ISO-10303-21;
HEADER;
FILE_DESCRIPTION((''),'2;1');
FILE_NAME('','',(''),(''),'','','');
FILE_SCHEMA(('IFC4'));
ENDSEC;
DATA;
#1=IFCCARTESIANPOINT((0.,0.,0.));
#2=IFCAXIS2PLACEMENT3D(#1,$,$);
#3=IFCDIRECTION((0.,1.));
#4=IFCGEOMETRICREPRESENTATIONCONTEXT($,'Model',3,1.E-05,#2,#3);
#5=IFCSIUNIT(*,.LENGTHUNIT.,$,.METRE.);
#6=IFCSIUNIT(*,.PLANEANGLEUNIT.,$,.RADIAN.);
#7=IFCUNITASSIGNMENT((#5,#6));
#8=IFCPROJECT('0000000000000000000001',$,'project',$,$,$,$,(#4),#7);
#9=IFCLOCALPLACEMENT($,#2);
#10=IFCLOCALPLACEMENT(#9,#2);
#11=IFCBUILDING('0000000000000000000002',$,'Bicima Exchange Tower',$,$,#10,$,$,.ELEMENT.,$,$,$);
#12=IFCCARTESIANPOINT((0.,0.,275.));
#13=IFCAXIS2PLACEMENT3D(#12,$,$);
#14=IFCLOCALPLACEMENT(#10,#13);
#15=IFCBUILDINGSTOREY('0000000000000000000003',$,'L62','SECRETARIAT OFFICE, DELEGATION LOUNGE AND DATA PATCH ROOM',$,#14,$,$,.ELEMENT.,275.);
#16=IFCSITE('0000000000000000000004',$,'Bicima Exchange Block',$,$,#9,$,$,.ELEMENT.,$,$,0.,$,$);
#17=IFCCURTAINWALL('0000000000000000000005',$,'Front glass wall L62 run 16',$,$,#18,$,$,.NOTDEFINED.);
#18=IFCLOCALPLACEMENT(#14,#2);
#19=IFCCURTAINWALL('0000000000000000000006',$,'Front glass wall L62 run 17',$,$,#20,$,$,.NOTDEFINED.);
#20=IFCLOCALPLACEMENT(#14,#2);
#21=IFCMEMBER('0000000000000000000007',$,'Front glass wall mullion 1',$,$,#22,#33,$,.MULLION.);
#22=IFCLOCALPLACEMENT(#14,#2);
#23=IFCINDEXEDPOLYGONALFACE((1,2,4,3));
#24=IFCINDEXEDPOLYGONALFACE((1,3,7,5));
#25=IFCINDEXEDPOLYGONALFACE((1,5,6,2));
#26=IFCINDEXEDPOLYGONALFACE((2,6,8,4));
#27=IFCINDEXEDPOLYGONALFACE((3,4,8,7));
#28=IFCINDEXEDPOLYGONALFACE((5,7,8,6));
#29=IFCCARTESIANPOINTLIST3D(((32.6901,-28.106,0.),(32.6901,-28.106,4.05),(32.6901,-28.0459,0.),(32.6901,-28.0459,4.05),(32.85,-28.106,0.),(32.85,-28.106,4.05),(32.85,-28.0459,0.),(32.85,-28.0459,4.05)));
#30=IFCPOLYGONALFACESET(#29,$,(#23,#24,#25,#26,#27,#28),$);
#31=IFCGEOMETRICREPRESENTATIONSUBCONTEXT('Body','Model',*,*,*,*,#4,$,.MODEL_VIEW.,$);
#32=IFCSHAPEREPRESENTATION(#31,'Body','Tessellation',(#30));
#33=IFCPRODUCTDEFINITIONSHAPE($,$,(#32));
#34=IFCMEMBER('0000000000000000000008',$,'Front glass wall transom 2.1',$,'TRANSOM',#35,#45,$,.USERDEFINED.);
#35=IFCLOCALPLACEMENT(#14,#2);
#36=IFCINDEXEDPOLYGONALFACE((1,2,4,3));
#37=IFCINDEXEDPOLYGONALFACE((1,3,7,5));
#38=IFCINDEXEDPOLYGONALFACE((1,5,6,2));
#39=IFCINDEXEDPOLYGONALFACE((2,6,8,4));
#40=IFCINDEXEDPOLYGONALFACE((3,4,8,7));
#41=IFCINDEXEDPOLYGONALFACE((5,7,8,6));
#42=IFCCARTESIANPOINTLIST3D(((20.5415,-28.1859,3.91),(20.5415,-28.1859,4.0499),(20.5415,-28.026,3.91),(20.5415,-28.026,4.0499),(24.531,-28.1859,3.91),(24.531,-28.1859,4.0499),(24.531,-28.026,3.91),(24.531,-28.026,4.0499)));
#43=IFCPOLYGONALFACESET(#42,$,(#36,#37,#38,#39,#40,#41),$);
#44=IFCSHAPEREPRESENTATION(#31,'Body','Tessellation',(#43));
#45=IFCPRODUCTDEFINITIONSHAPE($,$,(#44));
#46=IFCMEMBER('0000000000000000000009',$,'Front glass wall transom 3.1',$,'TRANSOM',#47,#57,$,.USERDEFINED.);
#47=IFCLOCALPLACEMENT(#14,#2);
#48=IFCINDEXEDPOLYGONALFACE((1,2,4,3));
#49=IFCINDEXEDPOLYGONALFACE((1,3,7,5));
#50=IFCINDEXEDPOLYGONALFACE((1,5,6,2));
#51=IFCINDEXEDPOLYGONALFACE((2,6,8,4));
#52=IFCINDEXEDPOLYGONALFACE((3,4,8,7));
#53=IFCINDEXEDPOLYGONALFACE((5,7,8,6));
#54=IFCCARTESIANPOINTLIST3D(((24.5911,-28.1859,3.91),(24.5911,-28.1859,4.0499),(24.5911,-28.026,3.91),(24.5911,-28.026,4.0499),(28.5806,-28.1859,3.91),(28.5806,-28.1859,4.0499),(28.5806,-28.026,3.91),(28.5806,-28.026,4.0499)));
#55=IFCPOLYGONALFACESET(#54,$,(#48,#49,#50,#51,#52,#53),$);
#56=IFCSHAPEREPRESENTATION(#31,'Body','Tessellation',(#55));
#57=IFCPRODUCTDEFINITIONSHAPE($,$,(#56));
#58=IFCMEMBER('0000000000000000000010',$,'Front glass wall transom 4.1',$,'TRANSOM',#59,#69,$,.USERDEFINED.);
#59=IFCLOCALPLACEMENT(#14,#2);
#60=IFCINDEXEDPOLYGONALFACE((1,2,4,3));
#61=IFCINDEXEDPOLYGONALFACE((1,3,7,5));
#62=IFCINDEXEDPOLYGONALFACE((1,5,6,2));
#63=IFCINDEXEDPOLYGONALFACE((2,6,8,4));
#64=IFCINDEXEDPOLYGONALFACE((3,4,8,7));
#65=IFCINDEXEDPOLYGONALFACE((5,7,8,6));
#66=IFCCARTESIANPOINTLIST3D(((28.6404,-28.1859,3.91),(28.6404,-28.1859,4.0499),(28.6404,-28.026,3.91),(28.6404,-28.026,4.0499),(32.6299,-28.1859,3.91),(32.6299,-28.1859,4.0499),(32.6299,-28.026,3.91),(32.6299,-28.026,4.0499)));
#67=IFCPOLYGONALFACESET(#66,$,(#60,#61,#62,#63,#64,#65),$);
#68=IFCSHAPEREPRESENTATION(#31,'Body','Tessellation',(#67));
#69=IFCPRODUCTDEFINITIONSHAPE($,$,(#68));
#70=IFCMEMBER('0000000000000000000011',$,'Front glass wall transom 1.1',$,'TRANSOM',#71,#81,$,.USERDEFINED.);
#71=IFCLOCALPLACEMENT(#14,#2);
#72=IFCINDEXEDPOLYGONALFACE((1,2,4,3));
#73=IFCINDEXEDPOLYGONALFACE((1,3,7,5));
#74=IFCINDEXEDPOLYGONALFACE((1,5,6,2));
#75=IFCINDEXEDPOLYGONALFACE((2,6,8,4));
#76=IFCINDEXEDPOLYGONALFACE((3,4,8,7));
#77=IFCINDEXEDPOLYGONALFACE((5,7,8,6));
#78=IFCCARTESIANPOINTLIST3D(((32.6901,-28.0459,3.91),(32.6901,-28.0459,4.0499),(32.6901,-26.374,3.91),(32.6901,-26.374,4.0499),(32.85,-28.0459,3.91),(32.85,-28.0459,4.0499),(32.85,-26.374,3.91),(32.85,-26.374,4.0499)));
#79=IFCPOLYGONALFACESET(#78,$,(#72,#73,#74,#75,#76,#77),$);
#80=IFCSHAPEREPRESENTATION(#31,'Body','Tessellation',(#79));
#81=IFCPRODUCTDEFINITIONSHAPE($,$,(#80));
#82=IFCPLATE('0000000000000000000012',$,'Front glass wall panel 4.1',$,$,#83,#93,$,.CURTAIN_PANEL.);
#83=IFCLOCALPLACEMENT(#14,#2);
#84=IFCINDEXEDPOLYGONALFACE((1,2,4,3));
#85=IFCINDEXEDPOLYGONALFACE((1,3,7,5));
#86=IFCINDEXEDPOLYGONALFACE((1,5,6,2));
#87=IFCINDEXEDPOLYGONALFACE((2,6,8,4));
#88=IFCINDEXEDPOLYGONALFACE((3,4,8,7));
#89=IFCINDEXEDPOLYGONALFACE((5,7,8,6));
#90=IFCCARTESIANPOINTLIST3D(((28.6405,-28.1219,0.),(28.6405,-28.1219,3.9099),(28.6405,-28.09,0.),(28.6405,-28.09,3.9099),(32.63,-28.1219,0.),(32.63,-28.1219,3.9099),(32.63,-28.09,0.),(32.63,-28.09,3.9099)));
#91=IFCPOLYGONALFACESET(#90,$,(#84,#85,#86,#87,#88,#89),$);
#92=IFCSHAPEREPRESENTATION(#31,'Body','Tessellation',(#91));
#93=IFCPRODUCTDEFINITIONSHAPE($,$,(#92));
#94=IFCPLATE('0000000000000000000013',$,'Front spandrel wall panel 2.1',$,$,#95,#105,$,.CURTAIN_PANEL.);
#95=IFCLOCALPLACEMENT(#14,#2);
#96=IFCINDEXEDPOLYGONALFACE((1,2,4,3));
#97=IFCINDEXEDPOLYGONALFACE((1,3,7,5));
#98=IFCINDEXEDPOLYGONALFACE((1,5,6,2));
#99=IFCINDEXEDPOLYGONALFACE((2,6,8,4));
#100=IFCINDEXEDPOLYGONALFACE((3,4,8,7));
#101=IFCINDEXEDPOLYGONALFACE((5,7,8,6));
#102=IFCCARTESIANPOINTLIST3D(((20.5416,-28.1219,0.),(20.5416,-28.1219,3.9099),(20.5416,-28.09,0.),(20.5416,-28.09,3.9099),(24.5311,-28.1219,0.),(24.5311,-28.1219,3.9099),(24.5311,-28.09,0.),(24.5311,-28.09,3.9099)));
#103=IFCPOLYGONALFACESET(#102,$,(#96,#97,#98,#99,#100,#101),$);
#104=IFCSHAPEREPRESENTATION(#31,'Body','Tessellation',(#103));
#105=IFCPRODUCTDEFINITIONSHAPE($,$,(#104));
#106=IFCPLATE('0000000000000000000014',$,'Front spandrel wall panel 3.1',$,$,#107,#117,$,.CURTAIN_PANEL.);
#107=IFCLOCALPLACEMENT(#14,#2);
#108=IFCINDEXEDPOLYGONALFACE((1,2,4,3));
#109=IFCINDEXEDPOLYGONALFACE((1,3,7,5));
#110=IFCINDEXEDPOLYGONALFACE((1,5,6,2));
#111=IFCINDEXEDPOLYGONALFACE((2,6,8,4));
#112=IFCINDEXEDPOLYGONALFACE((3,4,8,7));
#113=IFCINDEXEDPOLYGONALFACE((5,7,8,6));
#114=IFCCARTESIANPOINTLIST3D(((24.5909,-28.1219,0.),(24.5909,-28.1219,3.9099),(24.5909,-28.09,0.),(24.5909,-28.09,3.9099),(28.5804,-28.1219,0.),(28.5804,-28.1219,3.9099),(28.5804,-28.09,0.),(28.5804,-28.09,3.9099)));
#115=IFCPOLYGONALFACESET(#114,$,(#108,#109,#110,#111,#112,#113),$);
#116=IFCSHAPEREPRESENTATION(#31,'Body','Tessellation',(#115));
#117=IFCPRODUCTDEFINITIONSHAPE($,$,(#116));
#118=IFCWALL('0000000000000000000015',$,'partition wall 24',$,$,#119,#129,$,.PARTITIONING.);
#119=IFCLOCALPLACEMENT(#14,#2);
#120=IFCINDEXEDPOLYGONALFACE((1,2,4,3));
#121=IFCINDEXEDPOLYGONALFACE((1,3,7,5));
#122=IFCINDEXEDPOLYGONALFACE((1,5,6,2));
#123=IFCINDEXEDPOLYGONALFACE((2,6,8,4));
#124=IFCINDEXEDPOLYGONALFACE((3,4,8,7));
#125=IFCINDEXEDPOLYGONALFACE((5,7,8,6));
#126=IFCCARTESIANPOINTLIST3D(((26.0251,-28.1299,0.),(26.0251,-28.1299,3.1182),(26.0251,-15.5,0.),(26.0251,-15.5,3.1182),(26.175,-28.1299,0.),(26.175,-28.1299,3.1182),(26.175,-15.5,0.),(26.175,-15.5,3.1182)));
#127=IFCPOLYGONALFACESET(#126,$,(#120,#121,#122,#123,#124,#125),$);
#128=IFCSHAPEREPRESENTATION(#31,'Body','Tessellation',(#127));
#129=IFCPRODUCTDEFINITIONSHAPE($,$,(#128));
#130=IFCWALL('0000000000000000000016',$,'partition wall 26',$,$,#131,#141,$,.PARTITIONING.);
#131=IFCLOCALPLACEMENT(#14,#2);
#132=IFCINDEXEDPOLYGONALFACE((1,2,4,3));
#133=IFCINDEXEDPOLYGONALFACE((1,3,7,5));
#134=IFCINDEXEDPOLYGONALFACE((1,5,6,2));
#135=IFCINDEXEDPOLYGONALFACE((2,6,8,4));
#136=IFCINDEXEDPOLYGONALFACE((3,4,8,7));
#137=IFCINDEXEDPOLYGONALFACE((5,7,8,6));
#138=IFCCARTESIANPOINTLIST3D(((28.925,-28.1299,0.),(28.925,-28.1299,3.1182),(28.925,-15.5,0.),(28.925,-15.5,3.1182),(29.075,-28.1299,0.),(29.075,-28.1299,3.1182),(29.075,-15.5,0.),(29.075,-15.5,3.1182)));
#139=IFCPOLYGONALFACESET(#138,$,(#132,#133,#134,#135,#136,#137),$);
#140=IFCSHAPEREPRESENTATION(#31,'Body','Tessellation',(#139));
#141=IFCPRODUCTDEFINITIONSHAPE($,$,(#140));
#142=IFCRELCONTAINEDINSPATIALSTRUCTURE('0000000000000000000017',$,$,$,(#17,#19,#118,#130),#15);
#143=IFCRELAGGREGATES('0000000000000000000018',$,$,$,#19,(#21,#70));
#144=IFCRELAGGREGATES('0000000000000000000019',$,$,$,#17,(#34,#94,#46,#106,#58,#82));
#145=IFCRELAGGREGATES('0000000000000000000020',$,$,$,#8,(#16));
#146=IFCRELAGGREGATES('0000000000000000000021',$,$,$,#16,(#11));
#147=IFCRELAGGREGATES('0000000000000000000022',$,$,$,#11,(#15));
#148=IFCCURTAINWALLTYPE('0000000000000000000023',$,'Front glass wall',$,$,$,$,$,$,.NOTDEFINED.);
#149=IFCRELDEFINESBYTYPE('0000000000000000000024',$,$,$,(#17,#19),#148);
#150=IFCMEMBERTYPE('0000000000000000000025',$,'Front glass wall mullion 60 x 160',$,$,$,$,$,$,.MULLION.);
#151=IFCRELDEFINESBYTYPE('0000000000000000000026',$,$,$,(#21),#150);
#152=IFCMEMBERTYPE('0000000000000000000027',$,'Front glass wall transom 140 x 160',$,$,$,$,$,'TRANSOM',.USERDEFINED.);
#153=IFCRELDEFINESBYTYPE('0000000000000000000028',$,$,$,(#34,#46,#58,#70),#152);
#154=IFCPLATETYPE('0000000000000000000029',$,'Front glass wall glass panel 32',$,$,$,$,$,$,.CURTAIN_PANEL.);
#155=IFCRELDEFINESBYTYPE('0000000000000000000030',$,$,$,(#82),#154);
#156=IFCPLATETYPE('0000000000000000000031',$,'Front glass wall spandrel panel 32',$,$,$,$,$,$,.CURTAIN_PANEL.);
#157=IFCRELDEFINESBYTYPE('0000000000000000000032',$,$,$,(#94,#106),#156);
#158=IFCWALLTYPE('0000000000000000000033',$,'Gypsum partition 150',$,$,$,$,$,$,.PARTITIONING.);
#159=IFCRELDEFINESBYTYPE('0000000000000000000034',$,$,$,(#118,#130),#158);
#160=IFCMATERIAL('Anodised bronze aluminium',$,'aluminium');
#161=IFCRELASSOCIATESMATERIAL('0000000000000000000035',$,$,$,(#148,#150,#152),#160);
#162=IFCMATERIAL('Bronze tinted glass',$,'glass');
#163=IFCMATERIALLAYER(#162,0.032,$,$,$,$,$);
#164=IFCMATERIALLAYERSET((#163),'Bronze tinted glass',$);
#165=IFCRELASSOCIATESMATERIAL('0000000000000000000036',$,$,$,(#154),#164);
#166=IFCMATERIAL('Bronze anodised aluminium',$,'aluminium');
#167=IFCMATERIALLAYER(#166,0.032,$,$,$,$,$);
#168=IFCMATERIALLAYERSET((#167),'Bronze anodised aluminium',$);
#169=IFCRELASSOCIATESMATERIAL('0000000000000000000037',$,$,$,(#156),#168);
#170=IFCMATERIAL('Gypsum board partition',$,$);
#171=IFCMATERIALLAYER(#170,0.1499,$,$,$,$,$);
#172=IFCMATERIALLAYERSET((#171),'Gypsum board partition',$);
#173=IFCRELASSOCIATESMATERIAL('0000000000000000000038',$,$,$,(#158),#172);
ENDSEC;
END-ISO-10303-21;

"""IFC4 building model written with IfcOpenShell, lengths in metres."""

from ifc_helpers import new_model, si_unit, direction, frame, frame_2d, origin, origin_2d, place, context, subcontext, project, spatial, rectangle, extrude, material, layer, layer_set, material_profile, profile_set, type_object, element, aggregate, save


model = new_model("IFC4")

# Units and contexts
model_context = context("Model", 3, precision=1e-05, world=origin(), true_north=direction((0.0, 1.0)))
body_context = subcontext(model_context, "Body", "Model", "MODEL_VIEW")
ifc_project = project(units=[si_unit("LENGTHUNIT", "METRE"), si_unit("PLANEANGLEUNIT", "RADIAN")], contexts=[model_context])

# Site, building, storey
site_placement = place(None, origin())
site = spatial("IfcSite", under=ifc_project, at=site_placement, Name="Bicima Exchange Block", CompositionType="ELEMENT", RefElevation=0.0)
building_placement = place(site_placement, origin())
building = spatial("IfcBuilding", under=site, at=building_placement, Name="Bicima Exchange Tower", CompositionType="ELEMENT")
storey_placement = place(building_placement, frame((0.0, 0.0, 275.0)))
storey = spatial("IfcBuildingStorey", under=building, at=storey_placement, Name="L62", Description="SECRETARIAT OFFICE, DELEGATION LOUNGE AND DATA PATCH ROOM", CompositionType="ELEMENT", Elevation=275.0)

# Curtain wall
ifc_material_1 = material(Name="Anodised bronze aluminium", Category="aluminium")
curtain_wall_type = type_object("IfcCurtainWallType", Name="Front glass wall", PredefinedType="NOTDEFINED", material=ifc_material_1)
curtain_wall_1_placement = place(storey_placement, origin())
curtain_wall_1 = element("IfcCurtainWall", 1, at=curtain_wall_1_placement, inside=storey, type_object=curtain_wall_type, Name="Front glass wall L62 run 16", PredefinedType="NOTDEFINED")
ifc_material_profile_1 = material_profile(ifc_material_1, rectangle(XDim=0.1599, YDim=0.0601, at=origin_2d()))
ifc_profile_set_1 = profile_set([ifc_material_profile_1], Name="Anodised bronze aluminium")
member_type_1 = type_object("IfcMemberType", Name="Front glass wall mullion 60 x 160", PredefinedType="MULLION", material=ifc_profile_set_1)

# Curtain wall, member
curtain_wall_2_placement = place(storey_placement, origin())
curtain_wall_2 = element("IfcCurtainWall", 2, at=curtain_wall_2_placement, inside=storey, type_object=curtain_wall_type, Name="Front glass wall L62 run 17", PredefinedType="NOTDEFINED")
member_1_placement = place(storey_placement, frame((32.77, -28.0759, 0.0), z_axis=(0.0, 0.0, 1.0), x_axis=(-1.0, 0.0, 0.0)))
member_1 = element("IfcMember", 3, at=member_1_placement, type_object=member_type_1, Name="Front glass wall mullion 1", PredefinedType="MULLION", context=body_context, shape_type="SweptSolid", body=[
    extrude(rectangle(XDim=0.1599, YDim=0.0601, at=origin_2d()), origin(), (0.0, 0.0, 1.0), 4.05),
])

# Members
ifc_material_profile_2 = material_profile(ifc_material_1, rectangle(XDim=0.1599, YDim=0.1399, at=origin_2d()))
ifc_profile_set_2 = profile_set([ifc_material_profile_2], Name="Anodised bronze aluminium")
member_type_2 = type_object("IfcMemberType", Name="Front glass wall transom 140 x 160", ElementType="TRANSOM", PredefinedType="USERDEFINED", material=ifc_profile_set_2)
member_2_placement = place(storey_placement, frame((20.5415, -28.106, 3.98), z_axis=(1.0, 0.0, 0.0), x_axis=(0.0, 1.0, 0.0)))
member_2 = element("IfcMember", 4, at=member_2_placement, type_object=member_type_2, Name="Front glass wall transom 2.1", ObjectType="TRANSOM", PredefinedType="USERDEFINED", context=body_context, shape_type="SweptSolid", body=[
    extrude(rectangle(XDim=0.1599, YDim=0.1399, at=origin_2d()), origin(), (0.0, 0.0, 1.0), 3.9895),
])
member_3_placement = place(storey_placement, frame((24.5911, -28.106, 3.98), z_axis=(1.0, 0.0, 0.0), x_axis=(0.0, 1.0, 0.0)))
member_3 = element("IfcMember", 5, at=member_3_placement, type_object=member_type_2, Name="Front glass wall transom 3.1", ObjectType="TRANSOM", PredefinedType="USERDEFINED", context=body_context, shape_type="SweptSolid", body=[
    extrude(rectangle(XDim=0.1599, YDim=0.1399, at=origin_2d()), origin(), (0.0, 0.0, 1.0), 3.9895),
])
member_4_placement = place(storey_placement, frame((28.6404, -28.106, 3.98), z_axis=(1.0, 0.0, 0.0), x_axis=(0.0, 1.0, 0.0)))
member_4 = element("IfcMember", 6, at=member_4_placement, type_object=member_type_2, Name="Front glass wall transom 4.1", ObjectType="TRANSOM", PredefinedType="USERDEFINED", context=body_context, shape_type="SweptSolid", body=[
    extrude(rectangle(XDim=0.1599, YDim=0.1399, at=origin_2d()), origin(), (0.0, 0.0, 1.0), 3.9895),
])
member_5_placement = place(storey_placement, frame((32.77, -28.0459, 3.98), z_axis=(0.0, 1.0, 0.0), x_axis=(-1.0, 0.0, 0.0)))
member_5 = element("IfcMember", 7, at=member_5_placement, type_object=member_type_2, Name="Front glass wall transom 1.1", ObjectType="TRANSOM", PredefinedType="USERDEFINED", context=body_context, shape_type="SweptSolid", body=[
    extrude(rectangle(XDim=0.1599, YDim=0.1399, at=origin_2d()), origin(), (0.0, 0.0, 1.0), 1.6719),
])
aggregate(curtain_wall_2, [member_1, member_5])

# Plates
ifc_material_2 = material(Name="Bronze tinted glass", Category="glass")
ifc_layer_1 = layer(ifc_material_2, 0.032)
ifc_layer_set_1 = layer_set([ifc_layer_1], Name="Bronze tinted glass")
plate_type_1 = type_object("IfcPlateType", Name="Front glass wall glass panel 32", PredefinedType="CURTAIN_PANEL", material=ifc_layer_set_1)
plate_1_placement = place(storey_placement, frame((30.6353, -28.106, 0.0), z_axis=(0.0, 0.0, 1.0), x_axis=(1.0, 0.0, 0.0)))
plate_1 = element("IfcPlate", 8, at=plate_1_placement, type_object=plate_type_1, Name="Front glass wall panel 4.1", PredefinedType="CURTAIN_PANEL", context=body_context, shape_type="SweptSolid", body=[
    extrude(rectangle(XDim=3.9895, YDim=0.032, at=origin_2d()), origin(), (0.0, 0.0, 1.0), 3.9099),
])
ifc_material_3 = material(Name="Bronze anodised aluminium", Category="aluminium")
ifc_layer_2 = layer(ifc_material_3, 0.032)
ifc_layer_set_2 = layer_set([ifc_layer_2], Name="Bronze anodised aluminium")
plate_type_2 = type_object("IfcPlateType", Name="Front glass wall spandrel panel 32", PredefinedType="CURTAIN_PANEL", material=ifc_layer_set_2)
plate_2_placement = place(storey_placement, frame((22.5364, -28.106, 0.0), z_axis=(0.0, 0.0, 1.0), x_axis=(1.0, 0.0, 0.0)))
plate_2 = element("IfcPlate", 9, at=plate_2_placement, type_object=plate_type_2, Name="Front spandrel wall panel 2.1", PredefinedType="CURTAIN_PANEL", context=body_context, shape_type="SweptSolid", body=[
    extrude(rectangle(XDim=3.9895, YDim=0.032, at=origin_2d()), origin(), (0.0, 0.0, 1.0), 3.9099),
])
plate_3_placement = place(storey_placement, frame((26.5857, -28.106, 0.0), z_axis=(0.0, 0.0, 1.0), x_axis=(1.0, 0.0, 0.0)))
plate_3 = element("IfcPlate", 10, at=plate_3_placement, type_object=plate_type_2, Name="Front spandrel wall panel 3.1", PredefinedType="CURTAIN_PANEL", context=body_context, shape_type="SweptSolid", body=[
    extrude(rectangle(XDim=3.9895, YDim=0.032, at=origin_2d()), origin(), (0.0, 0.0, 1.0), 3.9099),
])
aggregate(curtain_wall_1, [member_2, plate_2, member_3, plate_3, member_4, plate_1])

# Walls
ifc_material_4 = material(Name="Gypsum board partition")
ifc_layer_3 = layer(ifc_material_4, 0.1499)
ifc_layer_set_3 = layer_set([ifc_layer_3], Name="Gypsum board partition")
wall_type = type_object("IfcWallType", Name="Gypsum partition 150", PredefinedType="PARTITIONING", material=ifc_layer_set_3)
for number, where, z_axis, x_axis, name in (
    (11, (26.1001, -28.1299, 0.0), (0.0, 0.0, 1.0), (0.0, 1.0, 0.0), "partition wall 24"),
    (12, (29.0, -28.1299, 0.0), (0.0, 0.0, 1.0), (0.0, 1.0, 0.0), "partition wall 26"),
):
    element("IfcWall", number, at=place(storey_placement, frame(where, z_axis=z_axis, x_axis=x_axis)), inside=storey, type_object=wall_type, Name=name, PredefinedType="PARTITIONING", context=body_context, shape_type="SweptSolid", body=[
        extrude(rectangle(XDim=12.6299, YDim=0.1499, at=frame_2d((6.3149, 0.0))), origin(), (0.0, 0.0, 1.0), 3.1182),
    ])

save(model, "model.ifc")
